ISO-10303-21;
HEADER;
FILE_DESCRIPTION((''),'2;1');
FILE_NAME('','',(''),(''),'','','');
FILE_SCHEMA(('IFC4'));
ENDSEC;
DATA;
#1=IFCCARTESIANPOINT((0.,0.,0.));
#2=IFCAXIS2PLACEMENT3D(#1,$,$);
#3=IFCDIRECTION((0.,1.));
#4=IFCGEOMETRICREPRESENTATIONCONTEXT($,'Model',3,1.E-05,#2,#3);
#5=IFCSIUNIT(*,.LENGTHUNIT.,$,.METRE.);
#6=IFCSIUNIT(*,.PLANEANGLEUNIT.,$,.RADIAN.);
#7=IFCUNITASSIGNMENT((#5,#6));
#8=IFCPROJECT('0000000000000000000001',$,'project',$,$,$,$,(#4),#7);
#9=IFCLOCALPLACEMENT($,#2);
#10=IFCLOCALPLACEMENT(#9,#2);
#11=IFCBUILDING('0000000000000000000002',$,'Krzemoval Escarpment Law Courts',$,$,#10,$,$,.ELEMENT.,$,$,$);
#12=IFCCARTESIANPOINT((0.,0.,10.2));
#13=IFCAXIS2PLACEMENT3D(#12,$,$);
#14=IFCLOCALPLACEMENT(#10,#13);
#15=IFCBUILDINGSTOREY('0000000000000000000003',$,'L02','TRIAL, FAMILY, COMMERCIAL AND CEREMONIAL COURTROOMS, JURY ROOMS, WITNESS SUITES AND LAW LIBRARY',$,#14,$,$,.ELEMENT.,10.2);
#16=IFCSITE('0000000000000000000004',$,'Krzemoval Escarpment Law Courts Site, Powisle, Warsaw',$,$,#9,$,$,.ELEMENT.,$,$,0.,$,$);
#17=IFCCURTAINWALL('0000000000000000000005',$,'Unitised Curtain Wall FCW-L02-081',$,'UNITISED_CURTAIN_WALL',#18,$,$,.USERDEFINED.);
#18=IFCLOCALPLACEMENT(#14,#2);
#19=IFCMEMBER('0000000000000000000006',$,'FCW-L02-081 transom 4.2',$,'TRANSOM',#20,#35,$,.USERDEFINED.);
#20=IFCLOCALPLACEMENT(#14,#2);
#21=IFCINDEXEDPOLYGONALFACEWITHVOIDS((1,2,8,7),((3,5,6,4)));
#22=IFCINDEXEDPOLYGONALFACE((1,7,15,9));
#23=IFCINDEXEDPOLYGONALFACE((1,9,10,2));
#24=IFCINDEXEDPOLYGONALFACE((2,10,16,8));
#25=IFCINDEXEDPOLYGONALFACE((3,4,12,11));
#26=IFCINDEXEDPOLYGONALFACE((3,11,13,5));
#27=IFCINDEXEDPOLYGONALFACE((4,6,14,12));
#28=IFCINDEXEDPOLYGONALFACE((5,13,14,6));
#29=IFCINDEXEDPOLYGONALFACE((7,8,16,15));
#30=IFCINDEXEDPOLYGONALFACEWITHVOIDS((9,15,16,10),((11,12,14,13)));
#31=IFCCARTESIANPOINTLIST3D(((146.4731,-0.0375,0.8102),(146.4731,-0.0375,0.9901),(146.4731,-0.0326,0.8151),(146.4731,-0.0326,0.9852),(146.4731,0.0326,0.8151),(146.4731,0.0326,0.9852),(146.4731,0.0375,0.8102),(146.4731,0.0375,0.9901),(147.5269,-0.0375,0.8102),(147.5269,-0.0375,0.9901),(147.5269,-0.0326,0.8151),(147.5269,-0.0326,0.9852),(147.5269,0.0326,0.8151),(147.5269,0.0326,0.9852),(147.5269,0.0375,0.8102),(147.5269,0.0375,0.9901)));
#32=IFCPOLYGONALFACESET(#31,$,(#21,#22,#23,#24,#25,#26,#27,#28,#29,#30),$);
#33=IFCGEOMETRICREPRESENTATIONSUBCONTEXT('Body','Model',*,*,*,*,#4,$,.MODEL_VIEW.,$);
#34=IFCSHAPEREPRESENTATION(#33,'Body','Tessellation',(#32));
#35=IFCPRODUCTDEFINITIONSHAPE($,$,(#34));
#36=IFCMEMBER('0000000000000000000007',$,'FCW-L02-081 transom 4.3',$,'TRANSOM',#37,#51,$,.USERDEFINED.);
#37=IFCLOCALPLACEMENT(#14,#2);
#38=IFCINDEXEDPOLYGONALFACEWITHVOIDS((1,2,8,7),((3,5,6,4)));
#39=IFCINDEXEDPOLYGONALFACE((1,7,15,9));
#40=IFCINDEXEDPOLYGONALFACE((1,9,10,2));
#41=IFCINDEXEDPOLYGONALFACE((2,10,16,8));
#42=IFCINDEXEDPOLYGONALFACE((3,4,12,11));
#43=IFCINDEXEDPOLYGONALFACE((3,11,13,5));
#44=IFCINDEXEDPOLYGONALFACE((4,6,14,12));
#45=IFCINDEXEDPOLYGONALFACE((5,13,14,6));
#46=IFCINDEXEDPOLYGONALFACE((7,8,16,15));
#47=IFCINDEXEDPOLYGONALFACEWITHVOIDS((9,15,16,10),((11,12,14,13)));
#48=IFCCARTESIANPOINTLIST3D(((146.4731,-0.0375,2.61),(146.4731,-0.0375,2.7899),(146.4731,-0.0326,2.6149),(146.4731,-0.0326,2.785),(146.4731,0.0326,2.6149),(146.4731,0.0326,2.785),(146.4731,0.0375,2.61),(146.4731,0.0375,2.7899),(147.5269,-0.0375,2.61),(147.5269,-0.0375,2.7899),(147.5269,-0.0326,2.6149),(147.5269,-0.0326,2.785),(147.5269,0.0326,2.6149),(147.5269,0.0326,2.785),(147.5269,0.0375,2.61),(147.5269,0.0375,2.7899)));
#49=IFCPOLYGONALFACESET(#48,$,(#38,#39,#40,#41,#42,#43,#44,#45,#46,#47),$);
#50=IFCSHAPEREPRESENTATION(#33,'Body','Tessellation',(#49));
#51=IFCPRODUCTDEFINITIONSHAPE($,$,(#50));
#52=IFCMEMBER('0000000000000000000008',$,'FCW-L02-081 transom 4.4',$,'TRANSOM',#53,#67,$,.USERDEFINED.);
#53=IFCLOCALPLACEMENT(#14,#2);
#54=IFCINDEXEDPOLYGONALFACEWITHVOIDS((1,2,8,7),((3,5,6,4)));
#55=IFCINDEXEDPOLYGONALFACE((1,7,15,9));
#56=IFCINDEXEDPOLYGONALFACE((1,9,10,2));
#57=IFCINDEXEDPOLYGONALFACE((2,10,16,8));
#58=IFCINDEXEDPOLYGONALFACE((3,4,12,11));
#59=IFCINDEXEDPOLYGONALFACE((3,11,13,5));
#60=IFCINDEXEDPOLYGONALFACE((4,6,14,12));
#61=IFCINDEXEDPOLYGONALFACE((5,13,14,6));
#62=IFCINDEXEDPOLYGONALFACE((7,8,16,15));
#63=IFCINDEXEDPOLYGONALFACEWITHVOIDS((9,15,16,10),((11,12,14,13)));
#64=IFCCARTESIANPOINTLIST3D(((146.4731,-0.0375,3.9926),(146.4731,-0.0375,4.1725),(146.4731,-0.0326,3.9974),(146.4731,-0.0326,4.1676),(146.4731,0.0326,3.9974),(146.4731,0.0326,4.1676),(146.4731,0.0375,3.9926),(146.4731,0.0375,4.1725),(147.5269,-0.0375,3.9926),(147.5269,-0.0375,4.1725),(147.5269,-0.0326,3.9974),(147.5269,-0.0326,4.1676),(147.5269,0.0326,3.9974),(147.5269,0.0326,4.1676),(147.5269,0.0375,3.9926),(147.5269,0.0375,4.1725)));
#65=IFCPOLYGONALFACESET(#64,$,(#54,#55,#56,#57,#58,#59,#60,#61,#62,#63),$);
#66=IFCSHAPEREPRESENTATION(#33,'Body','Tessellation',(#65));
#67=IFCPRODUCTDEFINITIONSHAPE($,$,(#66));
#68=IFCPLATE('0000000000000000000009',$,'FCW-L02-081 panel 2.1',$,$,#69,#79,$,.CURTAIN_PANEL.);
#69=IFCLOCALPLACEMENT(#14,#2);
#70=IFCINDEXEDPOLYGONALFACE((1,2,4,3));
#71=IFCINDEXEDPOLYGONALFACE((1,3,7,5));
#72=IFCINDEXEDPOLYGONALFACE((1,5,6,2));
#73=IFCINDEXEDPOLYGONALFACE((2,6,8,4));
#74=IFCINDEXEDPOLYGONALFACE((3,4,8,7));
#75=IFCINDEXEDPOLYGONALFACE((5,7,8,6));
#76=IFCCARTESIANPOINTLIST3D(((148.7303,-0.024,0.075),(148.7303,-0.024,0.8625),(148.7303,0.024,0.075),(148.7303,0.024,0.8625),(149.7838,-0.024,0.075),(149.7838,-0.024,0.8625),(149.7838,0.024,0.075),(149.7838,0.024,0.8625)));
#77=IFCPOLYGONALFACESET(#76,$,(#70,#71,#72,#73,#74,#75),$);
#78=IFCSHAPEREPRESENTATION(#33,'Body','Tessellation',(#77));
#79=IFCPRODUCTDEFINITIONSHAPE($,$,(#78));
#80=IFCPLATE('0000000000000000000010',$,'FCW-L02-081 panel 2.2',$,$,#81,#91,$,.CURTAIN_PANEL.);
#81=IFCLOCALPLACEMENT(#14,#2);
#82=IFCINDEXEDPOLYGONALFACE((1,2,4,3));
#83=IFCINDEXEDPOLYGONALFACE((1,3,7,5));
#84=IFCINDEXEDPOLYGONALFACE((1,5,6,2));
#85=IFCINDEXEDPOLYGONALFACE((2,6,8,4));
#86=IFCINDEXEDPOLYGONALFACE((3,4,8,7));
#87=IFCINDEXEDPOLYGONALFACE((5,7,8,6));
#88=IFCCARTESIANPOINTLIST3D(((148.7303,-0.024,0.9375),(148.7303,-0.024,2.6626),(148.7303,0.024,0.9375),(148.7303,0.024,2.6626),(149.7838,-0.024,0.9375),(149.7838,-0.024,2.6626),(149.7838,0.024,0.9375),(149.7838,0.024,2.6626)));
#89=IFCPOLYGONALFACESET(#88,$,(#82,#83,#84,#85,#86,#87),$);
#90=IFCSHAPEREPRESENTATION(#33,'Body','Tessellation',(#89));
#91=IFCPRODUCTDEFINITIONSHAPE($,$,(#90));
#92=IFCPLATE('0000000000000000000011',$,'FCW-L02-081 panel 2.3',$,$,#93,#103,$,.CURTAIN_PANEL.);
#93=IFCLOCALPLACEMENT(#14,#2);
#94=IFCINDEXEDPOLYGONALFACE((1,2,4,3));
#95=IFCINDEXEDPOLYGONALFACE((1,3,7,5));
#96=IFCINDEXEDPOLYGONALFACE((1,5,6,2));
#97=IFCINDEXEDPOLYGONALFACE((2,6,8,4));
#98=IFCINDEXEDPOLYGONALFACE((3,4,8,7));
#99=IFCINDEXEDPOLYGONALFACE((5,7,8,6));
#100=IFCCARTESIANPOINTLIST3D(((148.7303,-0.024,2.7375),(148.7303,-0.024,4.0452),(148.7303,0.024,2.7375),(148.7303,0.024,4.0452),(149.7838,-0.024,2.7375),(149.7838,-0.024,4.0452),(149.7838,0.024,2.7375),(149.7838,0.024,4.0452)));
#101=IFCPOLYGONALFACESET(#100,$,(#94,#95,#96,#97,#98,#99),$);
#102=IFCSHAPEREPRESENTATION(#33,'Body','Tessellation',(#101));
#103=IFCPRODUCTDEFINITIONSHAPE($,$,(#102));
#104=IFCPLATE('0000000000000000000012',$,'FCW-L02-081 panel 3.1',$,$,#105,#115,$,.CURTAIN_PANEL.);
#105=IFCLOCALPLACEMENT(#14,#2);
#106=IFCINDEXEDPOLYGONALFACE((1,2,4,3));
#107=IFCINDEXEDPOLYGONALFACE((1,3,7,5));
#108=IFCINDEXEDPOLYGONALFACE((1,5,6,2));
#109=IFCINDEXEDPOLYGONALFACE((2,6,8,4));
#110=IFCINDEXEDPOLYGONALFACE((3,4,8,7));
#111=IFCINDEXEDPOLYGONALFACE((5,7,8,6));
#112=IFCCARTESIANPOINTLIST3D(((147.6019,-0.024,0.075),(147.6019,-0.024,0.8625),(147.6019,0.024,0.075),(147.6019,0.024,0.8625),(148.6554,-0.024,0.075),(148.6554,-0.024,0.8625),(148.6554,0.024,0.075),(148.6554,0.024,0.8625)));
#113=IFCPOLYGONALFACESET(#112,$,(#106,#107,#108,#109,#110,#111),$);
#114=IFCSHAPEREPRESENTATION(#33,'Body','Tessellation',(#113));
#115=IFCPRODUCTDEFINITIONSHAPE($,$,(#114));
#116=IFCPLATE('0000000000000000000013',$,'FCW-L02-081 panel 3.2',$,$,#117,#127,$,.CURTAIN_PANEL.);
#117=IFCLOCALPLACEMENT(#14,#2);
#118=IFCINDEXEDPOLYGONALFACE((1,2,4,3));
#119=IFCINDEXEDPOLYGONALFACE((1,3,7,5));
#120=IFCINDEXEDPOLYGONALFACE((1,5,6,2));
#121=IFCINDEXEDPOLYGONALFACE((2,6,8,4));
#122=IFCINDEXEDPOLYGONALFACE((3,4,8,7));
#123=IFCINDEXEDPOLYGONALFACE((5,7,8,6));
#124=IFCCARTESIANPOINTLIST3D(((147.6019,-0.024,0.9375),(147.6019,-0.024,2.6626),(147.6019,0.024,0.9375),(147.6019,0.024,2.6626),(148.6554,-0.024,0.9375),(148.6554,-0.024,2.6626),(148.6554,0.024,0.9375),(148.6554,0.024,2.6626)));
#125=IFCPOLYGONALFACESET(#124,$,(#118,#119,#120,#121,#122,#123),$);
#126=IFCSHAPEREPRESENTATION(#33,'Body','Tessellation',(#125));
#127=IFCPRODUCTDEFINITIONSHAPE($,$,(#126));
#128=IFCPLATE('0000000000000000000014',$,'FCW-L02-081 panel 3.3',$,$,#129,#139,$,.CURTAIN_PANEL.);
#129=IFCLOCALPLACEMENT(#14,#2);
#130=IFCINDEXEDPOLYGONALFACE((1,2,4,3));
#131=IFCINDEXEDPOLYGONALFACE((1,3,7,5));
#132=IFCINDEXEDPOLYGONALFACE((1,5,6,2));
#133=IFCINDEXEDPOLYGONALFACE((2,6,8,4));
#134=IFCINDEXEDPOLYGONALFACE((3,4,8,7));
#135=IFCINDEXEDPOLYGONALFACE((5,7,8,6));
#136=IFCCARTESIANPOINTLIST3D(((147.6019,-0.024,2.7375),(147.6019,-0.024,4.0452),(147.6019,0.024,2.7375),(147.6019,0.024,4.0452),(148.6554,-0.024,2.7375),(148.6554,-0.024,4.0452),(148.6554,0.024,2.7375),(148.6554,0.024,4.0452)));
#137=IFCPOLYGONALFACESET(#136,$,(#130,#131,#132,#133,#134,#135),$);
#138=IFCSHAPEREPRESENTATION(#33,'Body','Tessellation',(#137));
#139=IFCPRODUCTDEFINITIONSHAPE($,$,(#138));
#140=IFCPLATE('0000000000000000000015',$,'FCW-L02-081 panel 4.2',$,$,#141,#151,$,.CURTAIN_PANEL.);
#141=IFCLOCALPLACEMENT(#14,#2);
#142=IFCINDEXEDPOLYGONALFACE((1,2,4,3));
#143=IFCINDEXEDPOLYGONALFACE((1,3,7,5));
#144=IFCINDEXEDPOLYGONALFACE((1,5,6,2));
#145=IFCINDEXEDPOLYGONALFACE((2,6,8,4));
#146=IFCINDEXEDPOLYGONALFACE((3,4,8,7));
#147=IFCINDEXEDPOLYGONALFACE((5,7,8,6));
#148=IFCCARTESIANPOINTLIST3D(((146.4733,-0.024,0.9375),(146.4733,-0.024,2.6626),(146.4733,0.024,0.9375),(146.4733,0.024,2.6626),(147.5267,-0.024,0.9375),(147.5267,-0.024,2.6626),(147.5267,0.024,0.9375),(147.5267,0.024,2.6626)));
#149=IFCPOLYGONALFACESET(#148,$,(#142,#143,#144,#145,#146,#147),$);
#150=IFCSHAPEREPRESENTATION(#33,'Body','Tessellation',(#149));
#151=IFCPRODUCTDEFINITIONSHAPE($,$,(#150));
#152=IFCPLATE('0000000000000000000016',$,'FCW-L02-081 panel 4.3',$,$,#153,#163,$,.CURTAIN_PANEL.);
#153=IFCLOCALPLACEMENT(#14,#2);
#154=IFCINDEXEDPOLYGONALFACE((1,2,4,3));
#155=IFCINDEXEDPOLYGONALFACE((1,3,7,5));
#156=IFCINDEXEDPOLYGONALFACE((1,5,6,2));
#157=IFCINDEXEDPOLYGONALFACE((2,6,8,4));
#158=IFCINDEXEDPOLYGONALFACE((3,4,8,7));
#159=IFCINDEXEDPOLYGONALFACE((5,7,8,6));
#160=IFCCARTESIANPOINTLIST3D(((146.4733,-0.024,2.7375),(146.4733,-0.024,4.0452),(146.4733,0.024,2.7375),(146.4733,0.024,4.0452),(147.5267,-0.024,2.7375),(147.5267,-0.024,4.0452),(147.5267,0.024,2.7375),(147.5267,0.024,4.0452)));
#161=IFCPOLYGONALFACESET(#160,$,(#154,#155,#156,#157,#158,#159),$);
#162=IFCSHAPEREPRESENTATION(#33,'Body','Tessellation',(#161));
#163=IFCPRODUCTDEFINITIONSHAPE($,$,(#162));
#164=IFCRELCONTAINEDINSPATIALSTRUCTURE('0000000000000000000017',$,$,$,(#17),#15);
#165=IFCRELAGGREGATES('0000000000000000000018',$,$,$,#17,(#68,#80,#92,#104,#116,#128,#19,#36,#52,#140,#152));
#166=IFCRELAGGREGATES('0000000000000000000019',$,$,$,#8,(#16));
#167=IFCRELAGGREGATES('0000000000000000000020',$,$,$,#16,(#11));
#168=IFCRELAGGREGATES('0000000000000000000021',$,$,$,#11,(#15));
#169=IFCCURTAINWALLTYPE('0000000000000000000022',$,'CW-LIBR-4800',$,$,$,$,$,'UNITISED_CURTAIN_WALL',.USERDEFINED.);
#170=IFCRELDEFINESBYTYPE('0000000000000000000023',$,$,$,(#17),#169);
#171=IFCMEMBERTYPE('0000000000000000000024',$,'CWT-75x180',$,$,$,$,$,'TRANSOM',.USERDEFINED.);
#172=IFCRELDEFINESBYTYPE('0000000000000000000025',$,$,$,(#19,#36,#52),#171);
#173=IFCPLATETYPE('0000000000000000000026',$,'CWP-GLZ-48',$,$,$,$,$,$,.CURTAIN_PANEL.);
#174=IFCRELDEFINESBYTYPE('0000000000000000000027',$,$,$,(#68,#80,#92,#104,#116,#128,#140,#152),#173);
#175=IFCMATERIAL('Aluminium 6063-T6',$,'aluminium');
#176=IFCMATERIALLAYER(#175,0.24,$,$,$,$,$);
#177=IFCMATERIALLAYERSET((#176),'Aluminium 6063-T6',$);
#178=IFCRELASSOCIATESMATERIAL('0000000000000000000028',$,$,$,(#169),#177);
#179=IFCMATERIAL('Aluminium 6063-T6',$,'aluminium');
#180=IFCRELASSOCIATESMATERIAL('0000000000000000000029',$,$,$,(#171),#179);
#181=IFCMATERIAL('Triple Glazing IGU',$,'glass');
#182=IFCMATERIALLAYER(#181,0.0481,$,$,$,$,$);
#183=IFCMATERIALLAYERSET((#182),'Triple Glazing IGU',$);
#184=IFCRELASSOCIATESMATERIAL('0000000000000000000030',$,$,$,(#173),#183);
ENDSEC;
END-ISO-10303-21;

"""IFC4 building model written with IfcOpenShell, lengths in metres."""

from ifc_helpers import new_model, si_unit, direction, frame, origin, origin_2d, place, context, subcontext, project, spatial, rectangle, hollow_rectangle, extrude, material, layer, layer_set, material_profile, profile_set, type_object, element, aggregate, save


model = new_model("IFC4")

# Units and contexts
model_context = context("Model", 3, precision=1e-05, world=origin(), true_north=direction((0.0, 1.0)))
body_context = subcontext(model_context, "Body", "Model", "MODEL_VIEW")
ifc_project = project(units=[si_unit("LENGTHUNIT", "METRE"), si_unit("PLANEANGLEUNIT", "RADIAN")], contexts=[model_context])

# Site, building, storey
site_placement = place(None, origin())
site = spatial("IfcSite", under=ifc_project, at=site_placement, Name="Krzemoval Escarpment Law Courts Site, Powisle, Warsaw", CompositionType="ELEMENT", RefElevation=0.0)
building_placement = place(site_placement, origin())
building = spatial("IfcBuilding", under=site, at=building_placement, Name="Krzemoval Escarpment Law Courts", CompositionType="ELEMENT")
storey_placement = place(building_placement, frame((0.0, 0.0, 10.2)))
storey = spatial("IfcBuildingStorey", under=building, at=storey_placement, Name="L02", Description="TRIAL, FAMILY, COMMERCIAL AND CEREMONIAL COURTROOMS, JURY ROOMS, WITNESS SUITES AND LAW LIBRARY", CompositionType="ELEMENT", Elevation=10.2)

# Curtain wall, members, plates
ifc_material_1 = material(Name="Aluminium 6063-T6", Category="aluminium")
ifc_layer_1 = layer(ifc_material_1, 0.24)
ifc_layer_set_1 = layer_set([ifc_layer_1], Name="Aluminium 6063-T6")
curtain_wall_type = type_object("IfcCurtainWallType", Name="CW-LIBR-4800", ElementType="UNITISED_CURTAIN_WALL", PredefinedType="USERDEFINED", material=ifc_layer_set_1)
curtain_wall_placement = place(storey_placement, origin())
curtain_wall = element("IfcCurtainWall", 1, at=curtain_wall_placement, inside=storey, type_object=curtain_wall_type, Name="Unitised Curtain Wall FCW-L02-081", ObjectType="UNITISED_CURTAIN_WALL", PredefinedType="USERDEFINED")
ifc_material_2 = material(Name="Aluminium 6063-T6", Category="aluminium")
ifc_material_profile_1 = material_profile(ifc_material_2, hollow_rectangle(XDim=0.075, YDim=0.1799, WallThickness=0.0049, at=origin_2d()), Name="ALU T75x180")
ifc_profile_set_1 = profile_set([ifc_material_profile_1], Name="Aluminium 6063-T6")
member_type_1 = type_object("IfcMemberType", Name="CWT-75x180", ElementType="TRANSOM", PredefinedType="USERDEFINED", material=ifc_profile_set_1)
member_1_placement = place(storey_placement, frame((147.5269, 0.0, 0.9001), z_axis=(-1.0, 0.0, 0.0), x_axis=(0.0, -1.0, 0.0)))
member_1 = element("IfcMember", 2, at=member_1_placement, type_object=member_type_1, Name="FCW-L02-081 transom 4.2", ObjectType="TRANSOM", PredefinedType="USERDEFINED", context=body_context, shape_type="SweptSolid", body=[
    extrude(hollow_rectangle(XDim=0.075, YDim=0.1799, WallThickness=0.0049, at=origin_2d()), origin(), (0.0, 0.0, 1.0), 1.0537),
])
member_2_placement = place(storey_placement, frame((147.5269, 0.0, 2.7), z_axis=(-1.0, 0.0, 0.0), x_axis=(0.0, -1.0, 0.0)))
member_2 = element("IfcMember", 3, at=member_2_placement, type_object=member_type_1, Name="FCW-L02-081 transom 4.3", ObjectType="TRANSOM", PredefinedType="USERDEFINED", context=body_context, shape_type="SweptSolid", body=[
    extrude(hollow_rectangle(XDim=0.075, YDim=0.1799, WallThickness=0.0049, at=origin_2d()), origin(), (0.0, 0.0, 1.0), 1.0537),
])
member_3_placement = place(storey_placement, frame((147.5269, 0.0, 4.0825), z_axis=(-1.0, 0.0, 0.0), x_axis=(0.0, -1.0, 0.0)))
member_3 = element("IfcMember", 4, at=member_3_placement, type_object=member_type_1, Name="FCW-L02-081 transom 4.4", ObjectType="TRANSOM", PredefinedType="USERDEFINED", context=body_context, shape_type="SweptSolid", body=[
    extrude(hollow_rectangle(XDim=0.075, YDim=0.1799, WallThickness=0.0049, at=origin_2d()), origin(), (0.0, 0.0, 1.0), 1.0537),
])
ifc_material_3 = material(Name="Triple Glazing IGU", Category="glass")
ifc_layer_2 = layer(ifc_material_3, 0.0481)
ifc_layer_set_2 = layer_set([ifc_layer_2], Name="Triple Glazing IGU")
plate_type = type_object("IfcPlateType", Name="CWP-GLZ-48", PredefinedType="CURTAIN_PANEL", material=ifc_layer_set_2)
plate_1_placement = place(storey_placement, frame((149.2571, 0.0, 0.075), z_axis=(0.0, 0.0, 1.0), x_axis=(-1.0, 0.0, 0.0)))
plate_1 = element("IfcPlate", 5, at=plate_1_placement, type_object=plate_type, Name="FCW-L02-081 panel 2.1", PredefinedType="CURTAIN_PANEL", context=body_context, shape_type="SweptSolid", body=[
    extrude(rectangle(XDim=1.0535, YDim=0.0481, at=origin_2d()), origin(), (0.0, 0.0, 1.0), 0.7876),
])
plate_2_placement = place(storey_placement, frame((149.2571, 0.0, 0.9375), z_axis=(0.0, 0.0, 1.0), x_axis=(-1.0, 0.0, 0.0)))
plate_2 = element("IfcPlate", 6, at=plate_2_placement, type_object=plate_type, Name="FCW-L02-081 panel 2.2", PredefinedType="CURTAIN_PANEL", context=body_context, shape_type="SweptSolid", body=[
    extrude(rectangle(XDim=1.0535, YDim=0.0481, at=origin_2d()), origin(), (0.0, 0.0, 1.0), 1.7251),
])
plate_3_placement = place(storey_placement, frame((149.2571, 0.0, 2.7375), z_axis=(0.0, 0.0, 1.0), x_axis=(-1.0, 0.0, 0.0)))
plate_3 = element("IfcPlate", 7, at=plate_3_placement, type_object=plate_type, Name="FCW-L02-081 panel 2.3", PredefinedType="CURTAIN_PANEL", context=body_context, shape_type="SweptSolid", body=[
    extrude(rectangle(XDim=1.0535, YDim=0.0481, at=origin_2d()), origin(), (0.0, 0.0, 1.0), 1.3076),
])
plate_4_placement = place(storey_placement, frame((148.1287, 0.0, 0.075), z_axis=(0.0, 0.0, 1.0), x_axis=(-1.0, 0.0, 0.0)))
plate_4 = element("IfcPlate", 8, at=plate_4_placement, type_object=plate_type, Name="FCW-L02-081 panel 3.1", PredefinedType="CURTAIN_PANEL", context=body_context, shape_type="SweptSolid", body=[
    extrude(rectangle(XDim=1.0535, YDim=0.0481, at=origin_2d()), origin(), (0.0, 0.0, 1.0), 0.7876),
])
plate_5_placement = place(storey_placement, frame((148.1287, 0.0, 0.9375), z_axis=(0.0, 0.0, 1.0), x_axis=(-1.0, 0.0, 0.0)))
plate_5 = element("IfcPlate", 9, at=plate_5_placement, type_object=plate_type, Name="FCW-L02-081 panel 3.2", PredefinedType="CURTAIN_PANEL", context=body_context, shape_type="SweptSolid", body=[
    extrude(rectangle(XDim=1.0535, YDim=0.0481, at=origin_2d()), origin(), (0.0, 0.0, 1.0), 1.7251),
])
plate_6_placement = place(storey_placement, frame((148.1287, 0.0, 2.7375), z_axis=(0.0, 0.0, 1.0), x_axis=(-1.0, 0.0, 0.0)))
plate_6 = element("IfcPlate", 10, at=plate_6_placement, type_object=plate_type, Name="FCW-L02-081 panel 3.3", PredefinedType="CURTAIN_PANEL", context=body_context, shape_type="SweptSolid", body=[
    extrude(rectangle(XDim=1.0535, YDim=0.0481, at=origin_2d()), origin(), (0.0, 0.0, 1.0), 1.3076),
])
plate_7_placement = place(storey_placement, frame((147.0, 0.0, 0.9375), z_axis=(0.0, 0.0, 1.0), x_axis=(-1.0, 0.0, 0.0)))
plate_7 = element("IfcPlate", 11, at=plate_7_placement, type_object=plate_type, Name="FCW-L02-081 panel 4.2", PredefinedType="CURTAIN_PANEL", context=body_context, shape_type="SweptSolid", body=[
    extrude(rectangle(XDim=1.0535, YDim=0.0481, at=origin_2d()), origin(), (0.0, 0.0, 1.0), 1.7251),
])
plate_8_placement = place(storey_placement, frame((147.0, 0.0, 2.7375), z_axis=(0.0, 0.0, 1.0), x_axis=(-1.0, 0.0, 0.0)))
plate_8 = element("IfcPlate", 12, at=plate_8_placement, type_object=plate_type, Name="FCW-L02-081 panel 4.3", PredefinedType="CURTAIN_PANEL", context=body_context, shape_type="SweptSolid", body=[
    extrude(rectangle(XDim=1.0535, YDim=0.0481, at=origin_2d()), origin(), (0.0, 0.0, 1.0), 1.3076),
])
aggregate(curtain_wall, [plate_1, plate_2, plate_3, plate_4, plate_5, plate_6, member_1, member_2, member_3, plate_7, plate_8])

save(model, "model.ifc")
